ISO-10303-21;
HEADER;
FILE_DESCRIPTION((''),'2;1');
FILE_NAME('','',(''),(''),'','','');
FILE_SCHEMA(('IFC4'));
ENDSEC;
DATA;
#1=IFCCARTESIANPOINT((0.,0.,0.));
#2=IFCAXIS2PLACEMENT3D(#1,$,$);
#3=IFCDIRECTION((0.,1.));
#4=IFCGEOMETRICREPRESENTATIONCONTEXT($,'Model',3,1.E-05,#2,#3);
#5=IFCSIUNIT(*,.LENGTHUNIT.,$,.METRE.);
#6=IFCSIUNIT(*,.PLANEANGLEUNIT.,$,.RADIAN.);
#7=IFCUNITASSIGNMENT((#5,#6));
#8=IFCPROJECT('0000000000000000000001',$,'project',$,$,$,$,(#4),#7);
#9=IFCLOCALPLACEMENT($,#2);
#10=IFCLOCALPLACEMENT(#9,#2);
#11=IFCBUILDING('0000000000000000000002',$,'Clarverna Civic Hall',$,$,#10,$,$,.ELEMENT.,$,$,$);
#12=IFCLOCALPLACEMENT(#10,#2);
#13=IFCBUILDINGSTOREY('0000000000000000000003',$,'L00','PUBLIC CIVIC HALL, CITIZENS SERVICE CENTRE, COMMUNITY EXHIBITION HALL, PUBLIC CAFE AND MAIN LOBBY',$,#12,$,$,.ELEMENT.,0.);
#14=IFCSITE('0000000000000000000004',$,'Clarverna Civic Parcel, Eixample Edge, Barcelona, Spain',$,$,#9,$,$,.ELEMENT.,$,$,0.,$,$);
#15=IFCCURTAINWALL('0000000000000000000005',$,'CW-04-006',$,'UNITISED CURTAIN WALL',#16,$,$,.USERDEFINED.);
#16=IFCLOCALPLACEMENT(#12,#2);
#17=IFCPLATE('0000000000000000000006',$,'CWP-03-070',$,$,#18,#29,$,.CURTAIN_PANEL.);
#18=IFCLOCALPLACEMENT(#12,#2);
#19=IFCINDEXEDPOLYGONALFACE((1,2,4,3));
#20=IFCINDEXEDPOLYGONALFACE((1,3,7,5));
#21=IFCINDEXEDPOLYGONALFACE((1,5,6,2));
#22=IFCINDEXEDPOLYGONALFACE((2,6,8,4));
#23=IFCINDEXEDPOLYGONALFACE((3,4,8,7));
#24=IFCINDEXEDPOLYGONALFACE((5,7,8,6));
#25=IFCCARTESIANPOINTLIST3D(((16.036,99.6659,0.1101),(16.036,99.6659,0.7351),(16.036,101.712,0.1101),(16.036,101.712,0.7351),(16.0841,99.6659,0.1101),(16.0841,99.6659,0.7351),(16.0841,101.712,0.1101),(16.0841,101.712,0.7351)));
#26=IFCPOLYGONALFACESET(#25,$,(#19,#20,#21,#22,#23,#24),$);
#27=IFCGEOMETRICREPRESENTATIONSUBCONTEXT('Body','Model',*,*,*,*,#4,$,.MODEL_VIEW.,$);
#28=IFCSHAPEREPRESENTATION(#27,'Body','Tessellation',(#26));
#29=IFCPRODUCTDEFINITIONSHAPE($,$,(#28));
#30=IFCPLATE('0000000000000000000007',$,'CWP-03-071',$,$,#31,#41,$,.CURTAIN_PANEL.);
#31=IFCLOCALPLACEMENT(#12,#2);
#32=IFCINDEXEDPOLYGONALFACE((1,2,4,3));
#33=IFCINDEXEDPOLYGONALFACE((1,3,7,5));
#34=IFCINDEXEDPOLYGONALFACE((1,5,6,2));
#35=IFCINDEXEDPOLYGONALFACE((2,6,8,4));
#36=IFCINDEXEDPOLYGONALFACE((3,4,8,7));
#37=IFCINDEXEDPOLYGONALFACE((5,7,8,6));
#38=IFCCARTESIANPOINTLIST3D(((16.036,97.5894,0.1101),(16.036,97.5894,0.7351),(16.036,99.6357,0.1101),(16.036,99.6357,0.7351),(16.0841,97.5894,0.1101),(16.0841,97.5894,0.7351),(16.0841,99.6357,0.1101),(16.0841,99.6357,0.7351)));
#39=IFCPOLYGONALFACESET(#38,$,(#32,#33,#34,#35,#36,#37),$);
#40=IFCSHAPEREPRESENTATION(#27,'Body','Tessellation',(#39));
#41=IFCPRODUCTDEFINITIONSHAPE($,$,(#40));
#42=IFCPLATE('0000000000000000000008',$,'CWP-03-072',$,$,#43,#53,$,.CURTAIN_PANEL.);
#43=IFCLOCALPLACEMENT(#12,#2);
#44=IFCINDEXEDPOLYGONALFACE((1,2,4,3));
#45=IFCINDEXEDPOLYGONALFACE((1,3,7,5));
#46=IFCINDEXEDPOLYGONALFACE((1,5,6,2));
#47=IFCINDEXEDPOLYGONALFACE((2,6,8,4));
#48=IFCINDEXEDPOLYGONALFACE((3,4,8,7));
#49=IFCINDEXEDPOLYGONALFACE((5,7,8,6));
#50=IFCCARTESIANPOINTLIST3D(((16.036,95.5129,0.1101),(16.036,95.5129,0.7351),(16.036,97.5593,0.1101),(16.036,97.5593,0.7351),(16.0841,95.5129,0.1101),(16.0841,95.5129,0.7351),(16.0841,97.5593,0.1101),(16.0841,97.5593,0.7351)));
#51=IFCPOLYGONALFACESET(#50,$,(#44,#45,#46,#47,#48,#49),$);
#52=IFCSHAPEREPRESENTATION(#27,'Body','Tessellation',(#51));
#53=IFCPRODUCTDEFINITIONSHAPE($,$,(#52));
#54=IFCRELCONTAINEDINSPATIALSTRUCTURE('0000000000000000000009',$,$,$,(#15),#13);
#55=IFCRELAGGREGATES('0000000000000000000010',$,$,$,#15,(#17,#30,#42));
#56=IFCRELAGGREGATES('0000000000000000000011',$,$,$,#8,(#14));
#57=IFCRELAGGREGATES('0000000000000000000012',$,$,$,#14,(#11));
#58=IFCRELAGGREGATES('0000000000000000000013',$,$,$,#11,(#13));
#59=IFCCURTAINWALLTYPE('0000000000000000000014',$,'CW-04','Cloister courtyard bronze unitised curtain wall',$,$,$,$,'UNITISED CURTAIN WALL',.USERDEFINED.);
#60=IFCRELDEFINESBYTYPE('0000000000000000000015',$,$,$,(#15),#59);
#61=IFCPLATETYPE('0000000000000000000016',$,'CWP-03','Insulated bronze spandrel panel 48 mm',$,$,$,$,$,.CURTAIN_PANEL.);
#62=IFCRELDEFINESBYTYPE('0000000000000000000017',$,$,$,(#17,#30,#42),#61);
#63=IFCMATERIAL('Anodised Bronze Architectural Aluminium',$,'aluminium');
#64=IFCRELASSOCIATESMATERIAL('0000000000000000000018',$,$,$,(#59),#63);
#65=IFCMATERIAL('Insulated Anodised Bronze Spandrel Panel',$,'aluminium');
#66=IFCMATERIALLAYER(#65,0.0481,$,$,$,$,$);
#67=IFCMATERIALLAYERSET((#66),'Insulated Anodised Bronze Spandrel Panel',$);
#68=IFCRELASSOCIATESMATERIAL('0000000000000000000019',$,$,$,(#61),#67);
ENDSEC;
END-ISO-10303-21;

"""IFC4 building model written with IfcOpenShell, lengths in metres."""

from ifc_helpers import new_model, si_unit, direction, frame, frame_2d, origin, place, context, subcontext, project, spatial, rectangle, extrude, material, layer, layer_set, type_object, element, aggregate, save


model = new_model("IFC4")

# Units and contexts
model_context = context("Model", 3, precision=1e-05, world=origin(), true_north=direction((0.0, 1.0)))
body_context = subcontext(model_context, "Body", "Model", "MODEL_VIEW")
ifc_project = project(units=[si_unit("LENGTHUNIT", "METRE"), si_unit("PLANEANGLEUNIT", "RADIAN")], contexts=[model_context])

# Site, building, storey
site_placement = place(None, origin())
site = spatial("IfcSite", under=ifc_project, at=site_placement, Name="Clarverna Civic Parcel, Eixample Edge, Barcelona, Spain", CompositionType="ELEMENT", RefElevation=0.0)
building_placement = place(site_placement, origin())
building = spatial("IfcBuilding", under=site, at=building_placement, Name="Clarverna Civic Hall", CompositionType="ELEMENT")
storey_placement = place(building_placement, origin())
storey = spatial("IfcBuildingStorey", under=building, at=storey_placement, Name="L00", Description="PUBLIC CIVIC HALL, CITIZENS SERVICE CENTRE, COMMUNITY EXHIBITION HALL, PUBLIC CAFE AND MAIN LOBBY", CompositionType="ELEMENT", Elevation=0.0)

# Curtain wall
ifc_material_1 = material(Name="Anodised Bronze Architectural Aluminium", Category="aluminium")
curtain_wall_type = type_object("IfcCurtainWallType", Name="CW-04", Description="Cloister courtyard bronze unitised curtain wall", ElementType="UNITISED CURTAIN WALL", PredefinedType="USERDEFINED", material=ifc_material_1)
curtain_wall_1_placement = place(storey_placement, origin())
curtain_wall_1 = element("IfcCurtainWall", 1, at=curtain_wall_1_placement, inside=storey, type_object=curtain_wall_type, Name="CW-04-006", ObjectType="UNITISED CURTAIN WALL", PredefinedType="USERDEFINED")

# Plates
ifc_material_2 = material(Name="Insulated Anodised Bronze Spandrel Panel", Category="aluminium")
ifc_layer_1 = layer(ifc_material_2, 0.0481)
ifc_layer_set_1 = layer_set([ifc_layer_1], Name="Insulated Anodised Bronze Spandrel Panel")
plate_type_1 = type_object("IfcPlateType", Name="CWP-03", Description="Insulated bronze spandrel panel 48 mm", PredefinedType="CURTAIN_PANEL", material=ifc_layer_set_1)
plate_1_placement = place(storey_placement, frame((16.0601, 101.7119, 0.1101), z_axis=(0.0, 0.0, 1.0), x_axis=(0.0, -1.0, 0.0)))
plate_1 = element("IfcPlate", 2, at=plate_1_placement, type_object=plate_type_1, Name="CWP-03-070", PredefinedType="CURTAIN_PANEL", context=body_context, shape_type="SweptSolid", body=[
    extrude(rectangle(XDim=2.0461, YDim=0.0481, at=frame_2d((1.0229, 0.0))), origin(), (0.0, 0.0, 1.0), 0.625),
])
plate_2_placement = place(storey_placement, frame((16.0601, 99.6357, 0.1101), z_axis=(0.0, 0.0, 1.0), x_axis=(0.0, -1.0, 0.0)))
plate_2 = element("IfcPlate", 3, at=plate_2_placement, type_object=plate_type_1, Name="CWP-03-071", PredefinedType="CURTAIN_PANEL", context=body_context, shape_type="SweptSolid", body=[
    extrude(rectangle(XDim=2.0464, YDim=0.0481, at=frame_2d((1.0232, 0.0))), origin(), (0.0, 0.0, 1.0), 0.625),
])
plate_3_placement = place(storey_placement, frame((16.0601, 97.5593, 0.1101), z_axis=(0.0, 0.0, 1.0), x_axis=(0.0, -1.0, 0.0)))
plate_3 = element("IfcPlate", 4, at=plate_3_placement, type_object=plate_type_1, Name="CWP-03-072", PredefinedType="CURTAIN_PANEL", context=body_context, shape_type="SweptSolid", body=[
    extrude(rectangle(XDim=2.0464, YDim=0.0481, at=frame_2d((1.0232, 0.0))), origin(), (0.0, 0.0, 1.0), 0.625),
])
aggregate(curtain_wall_1, [plate_1, plate_2, plate_3])

save(model, "model.ifc")
